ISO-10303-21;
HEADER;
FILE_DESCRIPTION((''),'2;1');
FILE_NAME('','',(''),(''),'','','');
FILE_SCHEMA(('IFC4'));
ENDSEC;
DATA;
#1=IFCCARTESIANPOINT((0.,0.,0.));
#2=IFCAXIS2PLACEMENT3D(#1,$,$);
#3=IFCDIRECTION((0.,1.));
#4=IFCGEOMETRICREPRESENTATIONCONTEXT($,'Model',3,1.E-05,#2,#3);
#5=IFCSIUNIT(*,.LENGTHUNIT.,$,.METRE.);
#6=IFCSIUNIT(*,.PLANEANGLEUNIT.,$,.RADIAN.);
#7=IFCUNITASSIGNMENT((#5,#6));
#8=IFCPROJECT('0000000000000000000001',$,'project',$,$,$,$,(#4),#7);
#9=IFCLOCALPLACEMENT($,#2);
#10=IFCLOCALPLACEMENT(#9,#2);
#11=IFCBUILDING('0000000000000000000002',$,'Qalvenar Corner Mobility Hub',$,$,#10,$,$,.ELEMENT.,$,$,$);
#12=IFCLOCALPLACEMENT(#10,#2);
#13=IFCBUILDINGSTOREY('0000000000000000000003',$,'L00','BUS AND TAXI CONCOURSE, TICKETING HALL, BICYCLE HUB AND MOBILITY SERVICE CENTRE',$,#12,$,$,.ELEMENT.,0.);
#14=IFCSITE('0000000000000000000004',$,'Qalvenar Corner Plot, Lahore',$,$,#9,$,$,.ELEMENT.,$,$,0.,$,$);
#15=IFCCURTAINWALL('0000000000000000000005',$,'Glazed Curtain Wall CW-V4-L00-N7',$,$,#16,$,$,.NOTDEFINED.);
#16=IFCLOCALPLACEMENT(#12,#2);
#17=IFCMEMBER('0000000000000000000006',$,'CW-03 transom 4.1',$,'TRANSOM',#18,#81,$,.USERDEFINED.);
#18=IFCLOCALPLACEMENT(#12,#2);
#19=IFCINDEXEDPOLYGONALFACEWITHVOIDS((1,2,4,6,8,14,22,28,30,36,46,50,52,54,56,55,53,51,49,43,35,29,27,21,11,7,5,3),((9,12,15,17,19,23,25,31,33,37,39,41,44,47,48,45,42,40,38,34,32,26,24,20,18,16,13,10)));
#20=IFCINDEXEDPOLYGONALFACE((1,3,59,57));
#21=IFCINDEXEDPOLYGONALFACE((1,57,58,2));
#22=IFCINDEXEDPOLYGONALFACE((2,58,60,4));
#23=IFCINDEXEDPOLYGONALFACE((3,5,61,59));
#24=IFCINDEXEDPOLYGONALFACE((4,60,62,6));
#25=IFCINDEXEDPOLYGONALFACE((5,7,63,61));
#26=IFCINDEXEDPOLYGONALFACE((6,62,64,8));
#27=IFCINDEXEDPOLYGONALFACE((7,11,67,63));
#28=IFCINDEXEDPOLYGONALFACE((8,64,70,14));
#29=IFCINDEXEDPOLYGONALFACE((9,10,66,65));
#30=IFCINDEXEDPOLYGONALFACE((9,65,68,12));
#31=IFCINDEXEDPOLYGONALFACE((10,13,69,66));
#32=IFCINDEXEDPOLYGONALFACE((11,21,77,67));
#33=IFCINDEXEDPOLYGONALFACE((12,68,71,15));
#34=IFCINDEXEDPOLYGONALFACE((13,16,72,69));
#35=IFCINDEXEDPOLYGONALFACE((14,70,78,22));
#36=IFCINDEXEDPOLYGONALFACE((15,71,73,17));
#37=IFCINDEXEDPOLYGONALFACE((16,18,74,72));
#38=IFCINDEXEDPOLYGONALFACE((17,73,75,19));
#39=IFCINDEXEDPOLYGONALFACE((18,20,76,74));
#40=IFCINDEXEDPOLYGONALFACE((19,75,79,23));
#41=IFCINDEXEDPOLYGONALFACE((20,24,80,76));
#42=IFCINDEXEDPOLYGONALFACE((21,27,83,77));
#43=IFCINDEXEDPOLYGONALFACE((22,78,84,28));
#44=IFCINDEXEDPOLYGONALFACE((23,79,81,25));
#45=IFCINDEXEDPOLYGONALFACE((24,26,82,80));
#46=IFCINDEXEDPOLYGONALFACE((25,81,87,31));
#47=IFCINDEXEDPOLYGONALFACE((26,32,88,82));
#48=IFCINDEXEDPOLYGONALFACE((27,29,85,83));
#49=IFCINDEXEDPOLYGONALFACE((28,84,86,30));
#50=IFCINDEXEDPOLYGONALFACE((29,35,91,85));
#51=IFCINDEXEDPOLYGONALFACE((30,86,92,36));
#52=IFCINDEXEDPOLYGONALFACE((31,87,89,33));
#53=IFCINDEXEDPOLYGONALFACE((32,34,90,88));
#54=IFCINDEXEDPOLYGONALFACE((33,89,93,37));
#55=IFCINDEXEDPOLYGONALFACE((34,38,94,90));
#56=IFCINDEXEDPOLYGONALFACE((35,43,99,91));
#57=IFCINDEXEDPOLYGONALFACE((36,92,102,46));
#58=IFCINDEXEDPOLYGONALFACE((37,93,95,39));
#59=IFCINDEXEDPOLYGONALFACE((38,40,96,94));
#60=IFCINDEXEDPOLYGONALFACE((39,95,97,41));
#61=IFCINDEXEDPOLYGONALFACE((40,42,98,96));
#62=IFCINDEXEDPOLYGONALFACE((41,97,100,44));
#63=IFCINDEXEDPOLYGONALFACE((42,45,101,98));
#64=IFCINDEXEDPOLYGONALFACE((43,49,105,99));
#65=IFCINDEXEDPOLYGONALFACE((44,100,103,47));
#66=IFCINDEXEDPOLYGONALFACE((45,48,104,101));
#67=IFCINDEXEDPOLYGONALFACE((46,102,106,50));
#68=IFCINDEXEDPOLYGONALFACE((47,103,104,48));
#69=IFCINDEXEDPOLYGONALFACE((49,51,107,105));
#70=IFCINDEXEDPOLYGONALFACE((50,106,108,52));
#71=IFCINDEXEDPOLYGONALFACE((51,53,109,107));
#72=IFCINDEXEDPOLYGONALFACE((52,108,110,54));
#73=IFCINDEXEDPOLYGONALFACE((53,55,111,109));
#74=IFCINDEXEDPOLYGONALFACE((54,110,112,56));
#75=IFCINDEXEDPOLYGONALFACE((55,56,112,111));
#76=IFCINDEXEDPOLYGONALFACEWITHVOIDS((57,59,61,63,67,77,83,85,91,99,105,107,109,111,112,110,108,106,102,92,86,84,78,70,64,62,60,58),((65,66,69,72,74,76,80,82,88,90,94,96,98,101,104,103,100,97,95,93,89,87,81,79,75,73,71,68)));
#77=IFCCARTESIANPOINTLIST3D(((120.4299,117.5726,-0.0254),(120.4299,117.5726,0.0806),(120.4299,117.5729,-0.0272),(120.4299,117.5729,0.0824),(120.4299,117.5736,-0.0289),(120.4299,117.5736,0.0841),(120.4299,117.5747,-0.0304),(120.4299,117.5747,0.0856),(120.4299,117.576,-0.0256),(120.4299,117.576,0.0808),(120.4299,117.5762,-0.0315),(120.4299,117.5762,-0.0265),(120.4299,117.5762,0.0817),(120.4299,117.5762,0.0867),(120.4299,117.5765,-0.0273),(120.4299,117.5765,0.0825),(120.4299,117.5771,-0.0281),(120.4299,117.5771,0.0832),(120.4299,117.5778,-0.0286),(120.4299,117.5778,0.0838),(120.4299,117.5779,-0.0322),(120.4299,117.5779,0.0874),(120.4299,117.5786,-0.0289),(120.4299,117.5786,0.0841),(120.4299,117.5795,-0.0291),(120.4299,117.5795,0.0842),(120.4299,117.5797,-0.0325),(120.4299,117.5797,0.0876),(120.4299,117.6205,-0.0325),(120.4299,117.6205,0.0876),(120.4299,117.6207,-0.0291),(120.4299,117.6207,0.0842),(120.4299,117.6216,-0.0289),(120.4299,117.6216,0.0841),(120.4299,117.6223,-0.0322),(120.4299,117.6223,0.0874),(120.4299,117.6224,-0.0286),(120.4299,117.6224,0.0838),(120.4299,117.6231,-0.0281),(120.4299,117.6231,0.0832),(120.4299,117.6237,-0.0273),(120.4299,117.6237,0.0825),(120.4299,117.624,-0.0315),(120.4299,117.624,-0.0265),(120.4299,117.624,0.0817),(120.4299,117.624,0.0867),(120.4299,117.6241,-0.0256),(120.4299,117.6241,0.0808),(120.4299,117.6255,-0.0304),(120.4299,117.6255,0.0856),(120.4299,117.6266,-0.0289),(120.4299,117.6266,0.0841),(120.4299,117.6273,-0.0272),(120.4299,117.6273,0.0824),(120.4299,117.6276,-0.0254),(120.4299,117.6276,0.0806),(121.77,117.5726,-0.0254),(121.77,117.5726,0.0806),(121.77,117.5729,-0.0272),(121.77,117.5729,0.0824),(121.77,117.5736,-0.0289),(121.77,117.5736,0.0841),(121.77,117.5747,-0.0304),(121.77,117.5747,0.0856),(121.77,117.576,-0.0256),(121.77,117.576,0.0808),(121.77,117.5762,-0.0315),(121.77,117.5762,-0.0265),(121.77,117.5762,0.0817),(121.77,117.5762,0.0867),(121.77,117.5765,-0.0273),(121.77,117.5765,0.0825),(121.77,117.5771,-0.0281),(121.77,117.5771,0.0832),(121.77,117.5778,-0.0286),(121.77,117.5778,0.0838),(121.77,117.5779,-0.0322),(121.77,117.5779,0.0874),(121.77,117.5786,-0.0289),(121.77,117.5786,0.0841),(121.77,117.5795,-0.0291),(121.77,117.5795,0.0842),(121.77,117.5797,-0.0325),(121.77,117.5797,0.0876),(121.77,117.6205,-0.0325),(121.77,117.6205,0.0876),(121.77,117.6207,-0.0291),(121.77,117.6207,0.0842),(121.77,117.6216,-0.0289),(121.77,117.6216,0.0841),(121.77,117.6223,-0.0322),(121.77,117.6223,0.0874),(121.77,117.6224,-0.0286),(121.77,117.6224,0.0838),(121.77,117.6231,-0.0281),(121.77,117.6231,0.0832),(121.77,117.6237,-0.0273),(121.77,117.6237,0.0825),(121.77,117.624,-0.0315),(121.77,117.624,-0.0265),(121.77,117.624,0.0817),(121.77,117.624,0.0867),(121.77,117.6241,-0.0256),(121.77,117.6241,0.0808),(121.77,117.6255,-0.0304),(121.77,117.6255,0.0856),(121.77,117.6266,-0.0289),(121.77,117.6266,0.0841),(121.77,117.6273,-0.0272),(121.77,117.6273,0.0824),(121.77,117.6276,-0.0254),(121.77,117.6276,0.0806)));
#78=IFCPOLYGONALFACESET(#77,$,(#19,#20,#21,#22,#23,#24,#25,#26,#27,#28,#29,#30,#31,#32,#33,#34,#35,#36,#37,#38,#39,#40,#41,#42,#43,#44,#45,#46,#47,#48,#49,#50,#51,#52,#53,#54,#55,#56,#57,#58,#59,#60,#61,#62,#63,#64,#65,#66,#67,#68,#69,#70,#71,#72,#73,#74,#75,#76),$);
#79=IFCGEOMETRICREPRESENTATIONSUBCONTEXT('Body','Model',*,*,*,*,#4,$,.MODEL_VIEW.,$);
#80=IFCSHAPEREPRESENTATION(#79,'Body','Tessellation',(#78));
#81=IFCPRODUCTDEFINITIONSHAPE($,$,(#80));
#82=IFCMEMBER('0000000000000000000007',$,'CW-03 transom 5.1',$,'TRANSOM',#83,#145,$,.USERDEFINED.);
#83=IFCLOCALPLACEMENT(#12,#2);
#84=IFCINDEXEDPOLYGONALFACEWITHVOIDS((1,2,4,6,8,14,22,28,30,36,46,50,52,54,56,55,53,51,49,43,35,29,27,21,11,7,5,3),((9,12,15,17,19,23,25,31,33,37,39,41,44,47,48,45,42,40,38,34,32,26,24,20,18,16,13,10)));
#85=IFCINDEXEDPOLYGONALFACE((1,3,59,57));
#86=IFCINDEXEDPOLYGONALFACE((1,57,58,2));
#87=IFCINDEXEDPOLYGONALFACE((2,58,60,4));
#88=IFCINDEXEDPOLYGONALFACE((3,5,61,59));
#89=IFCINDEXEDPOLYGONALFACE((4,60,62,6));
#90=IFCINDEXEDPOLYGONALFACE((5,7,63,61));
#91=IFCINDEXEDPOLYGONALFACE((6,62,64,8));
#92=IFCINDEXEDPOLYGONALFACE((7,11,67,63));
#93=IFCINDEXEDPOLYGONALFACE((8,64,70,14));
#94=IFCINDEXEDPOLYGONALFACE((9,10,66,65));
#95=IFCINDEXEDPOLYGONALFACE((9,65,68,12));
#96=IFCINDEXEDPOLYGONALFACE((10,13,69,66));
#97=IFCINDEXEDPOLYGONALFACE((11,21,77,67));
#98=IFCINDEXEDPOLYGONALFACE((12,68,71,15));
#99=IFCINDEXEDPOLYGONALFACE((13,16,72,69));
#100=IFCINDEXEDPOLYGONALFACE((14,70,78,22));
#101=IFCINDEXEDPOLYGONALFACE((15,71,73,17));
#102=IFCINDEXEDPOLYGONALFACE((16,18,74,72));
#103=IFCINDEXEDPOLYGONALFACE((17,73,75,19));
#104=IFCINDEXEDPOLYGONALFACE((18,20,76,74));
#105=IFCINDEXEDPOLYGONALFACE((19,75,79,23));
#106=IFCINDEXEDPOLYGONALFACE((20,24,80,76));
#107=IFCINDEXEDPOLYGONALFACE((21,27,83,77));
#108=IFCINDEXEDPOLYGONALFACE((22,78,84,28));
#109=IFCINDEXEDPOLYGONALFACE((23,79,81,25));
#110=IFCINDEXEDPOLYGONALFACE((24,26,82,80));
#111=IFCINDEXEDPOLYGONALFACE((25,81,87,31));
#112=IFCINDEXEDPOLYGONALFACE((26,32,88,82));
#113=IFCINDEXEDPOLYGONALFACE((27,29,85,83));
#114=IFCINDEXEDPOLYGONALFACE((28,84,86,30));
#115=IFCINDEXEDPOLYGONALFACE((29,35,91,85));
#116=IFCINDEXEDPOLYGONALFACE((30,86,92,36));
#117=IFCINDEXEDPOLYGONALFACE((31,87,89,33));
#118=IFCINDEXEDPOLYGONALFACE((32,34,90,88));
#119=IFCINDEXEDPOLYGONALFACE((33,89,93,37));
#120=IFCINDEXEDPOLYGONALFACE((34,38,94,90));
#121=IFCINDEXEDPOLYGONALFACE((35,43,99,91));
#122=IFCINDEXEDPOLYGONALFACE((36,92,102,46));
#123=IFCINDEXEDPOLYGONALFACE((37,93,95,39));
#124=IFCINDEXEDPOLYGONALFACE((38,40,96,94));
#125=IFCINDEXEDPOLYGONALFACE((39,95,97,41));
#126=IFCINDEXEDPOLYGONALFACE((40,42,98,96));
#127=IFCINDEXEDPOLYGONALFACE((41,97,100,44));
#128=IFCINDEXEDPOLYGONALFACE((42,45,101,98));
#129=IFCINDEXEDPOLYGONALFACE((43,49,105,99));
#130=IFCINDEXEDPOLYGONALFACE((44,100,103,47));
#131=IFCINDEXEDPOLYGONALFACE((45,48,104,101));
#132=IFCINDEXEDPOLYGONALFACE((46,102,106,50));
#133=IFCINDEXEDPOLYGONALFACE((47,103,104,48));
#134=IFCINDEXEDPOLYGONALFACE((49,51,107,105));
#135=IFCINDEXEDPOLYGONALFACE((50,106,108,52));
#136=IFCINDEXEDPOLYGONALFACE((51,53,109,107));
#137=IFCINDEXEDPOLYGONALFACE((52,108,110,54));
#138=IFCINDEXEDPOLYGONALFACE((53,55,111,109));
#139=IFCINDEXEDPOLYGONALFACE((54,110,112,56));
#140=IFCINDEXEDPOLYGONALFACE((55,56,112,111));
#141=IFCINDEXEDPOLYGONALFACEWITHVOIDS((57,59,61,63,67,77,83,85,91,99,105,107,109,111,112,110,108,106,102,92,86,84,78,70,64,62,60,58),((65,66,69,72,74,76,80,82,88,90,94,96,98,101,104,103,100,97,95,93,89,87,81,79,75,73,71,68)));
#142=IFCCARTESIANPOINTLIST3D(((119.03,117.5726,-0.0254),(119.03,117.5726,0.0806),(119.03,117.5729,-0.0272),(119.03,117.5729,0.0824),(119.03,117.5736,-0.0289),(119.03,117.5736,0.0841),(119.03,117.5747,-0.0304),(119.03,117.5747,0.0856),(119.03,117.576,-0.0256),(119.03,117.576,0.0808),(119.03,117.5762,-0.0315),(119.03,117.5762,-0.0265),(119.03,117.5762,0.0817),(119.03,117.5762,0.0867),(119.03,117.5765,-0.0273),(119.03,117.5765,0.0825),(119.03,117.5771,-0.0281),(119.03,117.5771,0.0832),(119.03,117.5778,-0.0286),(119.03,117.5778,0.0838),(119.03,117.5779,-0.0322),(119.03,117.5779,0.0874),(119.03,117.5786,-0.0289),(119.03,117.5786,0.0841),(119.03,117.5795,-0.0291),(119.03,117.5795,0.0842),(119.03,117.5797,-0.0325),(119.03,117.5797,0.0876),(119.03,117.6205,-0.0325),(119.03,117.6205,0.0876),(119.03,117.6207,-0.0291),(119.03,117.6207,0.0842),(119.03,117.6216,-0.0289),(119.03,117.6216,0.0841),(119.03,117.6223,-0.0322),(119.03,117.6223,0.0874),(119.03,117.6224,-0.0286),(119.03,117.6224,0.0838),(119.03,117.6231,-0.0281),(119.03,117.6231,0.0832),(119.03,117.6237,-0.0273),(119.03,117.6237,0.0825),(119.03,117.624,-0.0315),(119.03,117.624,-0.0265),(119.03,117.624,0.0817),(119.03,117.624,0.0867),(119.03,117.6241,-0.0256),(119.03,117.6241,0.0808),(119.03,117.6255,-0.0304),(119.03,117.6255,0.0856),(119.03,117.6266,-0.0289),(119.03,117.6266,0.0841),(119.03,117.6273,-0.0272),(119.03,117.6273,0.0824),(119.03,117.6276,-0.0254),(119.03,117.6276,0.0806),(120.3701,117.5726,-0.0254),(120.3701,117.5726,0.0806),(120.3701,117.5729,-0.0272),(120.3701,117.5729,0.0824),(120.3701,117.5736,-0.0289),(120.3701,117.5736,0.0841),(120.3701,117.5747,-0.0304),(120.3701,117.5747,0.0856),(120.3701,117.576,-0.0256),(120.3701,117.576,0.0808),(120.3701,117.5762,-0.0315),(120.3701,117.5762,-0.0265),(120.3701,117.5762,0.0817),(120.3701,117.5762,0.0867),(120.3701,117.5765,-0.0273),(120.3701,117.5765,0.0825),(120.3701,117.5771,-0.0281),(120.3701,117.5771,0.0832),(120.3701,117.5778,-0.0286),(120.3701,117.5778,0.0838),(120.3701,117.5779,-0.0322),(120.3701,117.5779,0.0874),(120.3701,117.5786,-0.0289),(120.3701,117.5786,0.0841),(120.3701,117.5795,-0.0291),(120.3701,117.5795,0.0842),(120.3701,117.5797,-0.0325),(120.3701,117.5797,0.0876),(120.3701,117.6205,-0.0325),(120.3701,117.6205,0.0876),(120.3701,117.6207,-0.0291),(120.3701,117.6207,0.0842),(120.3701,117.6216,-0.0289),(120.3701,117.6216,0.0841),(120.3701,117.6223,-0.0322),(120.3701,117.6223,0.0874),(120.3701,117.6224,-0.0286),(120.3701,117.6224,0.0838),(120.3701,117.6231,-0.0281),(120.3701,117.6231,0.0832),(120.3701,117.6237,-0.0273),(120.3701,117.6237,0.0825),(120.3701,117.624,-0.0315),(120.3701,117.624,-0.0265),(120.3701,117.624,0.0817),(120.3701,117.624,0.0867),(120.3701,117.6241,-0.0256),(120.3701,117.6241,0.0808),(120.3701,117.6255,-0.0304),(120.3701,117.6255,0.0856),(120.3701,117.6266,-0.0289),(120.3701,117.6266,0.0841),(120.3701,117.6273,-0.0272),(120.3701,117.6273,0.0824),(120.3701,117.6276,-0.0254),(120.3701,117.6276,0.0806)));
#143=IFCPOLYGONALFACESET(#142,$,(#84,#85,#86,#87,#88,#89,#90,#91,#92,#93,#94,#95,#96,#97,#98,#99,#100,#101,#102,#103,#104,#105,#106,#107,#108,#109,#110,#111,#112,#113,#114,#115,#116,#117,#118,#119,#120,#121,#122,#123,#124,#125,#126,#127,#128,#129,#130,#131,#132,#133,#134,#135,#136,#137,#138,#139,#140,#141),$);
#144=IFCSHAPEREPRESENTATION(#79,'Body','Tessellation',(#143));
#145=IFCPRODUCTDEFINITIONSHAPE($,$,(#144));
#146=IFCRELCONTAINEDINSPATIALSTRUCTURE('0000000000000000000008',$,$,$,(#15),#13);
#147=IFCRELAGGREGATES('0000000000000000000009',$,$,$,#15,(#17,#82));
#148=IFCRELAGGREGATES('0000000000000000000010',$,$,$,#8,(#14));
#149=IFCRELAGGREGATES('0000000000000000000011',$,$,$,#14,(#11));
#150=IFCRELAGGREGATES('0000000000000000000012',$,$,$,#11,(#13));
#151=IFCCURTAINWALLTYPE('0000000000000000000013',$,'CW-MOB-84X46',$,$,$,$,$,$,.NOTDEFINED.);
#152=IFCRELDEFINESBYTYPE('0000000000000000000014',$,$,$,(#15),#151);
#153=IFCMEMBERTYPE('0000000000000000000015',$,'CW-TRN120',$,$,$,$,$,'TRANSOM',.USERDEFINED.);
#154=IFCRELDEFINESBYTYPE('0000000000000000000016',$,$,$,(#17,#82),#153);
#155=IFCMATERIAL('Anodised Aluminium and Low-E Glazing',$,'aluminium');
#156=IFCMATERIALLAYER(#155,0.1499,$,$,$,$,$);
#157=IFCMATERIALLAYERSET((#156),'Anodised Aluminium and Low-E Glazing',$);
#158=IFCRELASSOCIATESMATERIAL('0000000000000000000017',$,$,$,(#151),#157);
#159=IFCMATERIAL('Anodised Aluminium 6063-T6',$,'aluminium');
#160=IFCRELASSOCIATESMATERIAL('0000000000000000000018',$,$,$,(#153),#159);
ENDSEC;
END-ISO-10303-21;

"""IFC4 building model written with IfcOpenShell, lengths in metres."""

from ifc_helpers import new_model, si_unit, direction, frame, origin, origin_2d, place, context, subcontext, project, spatial, hollow_rectangle, extrude, material, layer, layer_set, material_profile, profile_set, type_object, element, aggregate, save


model = new_model("IFC4")

# Units and contexts
model_context = context("Model", 3, precision=1e-05, world=origin(), true_north=direction((0.0, 1.0)))
body_context = subcontext(model_context, "Body", "Model", "MODEL_VIEW")
ifc_project = project(units=[si_unit("LENGTHUNIT", "METRE"), si_unit("PLANEANGLEUNIT", "RADIAN")], contexts=[model_context])

# Site, building, storey
site_placement = place(None, origin())
site = spatial("IfcSite", under=ifc_project, at=site_placement, Name="Qalvenar Corner Plot, Lahore", CompositionType="ELEMENT", RefElevation=0.0)
building_placement = place(site_placement, origin())
building = spatial("IfcBuilding", under=site, at=building_placement, Name="Qalvenar Corner Mobility Hub", CompositionType="ELEMENT")
storey_placement = place(building_placement, origin())
storey = spatial("IfcBuildingStorey", under=building, at=storey_placement, Name="L00", Description="BUS AND TAXI CONCOURSE, TICKETING HALL, BICYCLE HUB AND MOBILITY SERVICE CENTRE", CompositionType="ELEMENT", Elevation=0.0)

# Shared definitions
ifc_material_1 = material(Name="Anodised Aluminium and Low-E Glazing", Category="aluminium")
ifc_layer_1 = layer(ifc_material_1, 0.1499)
ifc_layer_set_1 = layer_set([ifc_layer_1], Name="Anodised Aluminium and Low-E Glazing")
curtain_wall_type = type_object("IfcCurtainWallType", Name="CW-MOB-84X46", PredefinedType="NOTDEFINED", material=ifc_layer_set_1)
ifc_material_2 = material(Name="Anodised Aluminium 6063-T6", Category="aluminium")

# Curtain wall, members
curtain_wall_1_placement = place(storey_placement, origin())
curtain_wall_1 = element("IfcCurtainWall", 1, at=curtain_wall_1_placement, inside=storey, type_object=curtain_wall_type, Name="Glazed Curtain Wall CW-V4-L00-N7", PredefinedType="NOTDEFINED")
ifc_material_profile_1 = material_profile(ifc_material_2, hollow_rectangle(XDim=0.0549, YDim=0.1201, WallThickness=0.0034, InnerFilletRadius=0.0034, OuterFilletRadius=0.0071, at=origin_2d()), Name="RHS120x55x3.5")
ifc_profile_set_1 = profile_set([ifc_material_profile_1], Name="Anodised Aluminium 6063-T6")
member_type_1 = type_object("IfcMemberType", Name="CW-TRN120", ElementType="TRANSOM", PredefinedType="USERDEFINED", material=ifc_profile_set_1)
member_1_placement = place(storey_placement, frame((121.77, 117.6001, 0.0276), z_axis=(-1.0, 0.0, 0.0), x_axis=(0.0, -1.0, 0.0)))
member_1 = element("IfcMember", 2, at=member_1_placement, type_object=member_type_1, Name="CW-03 transom 4.1", ObjectType="TRANSOM", PredefinedType="USERDEFINED", context=body_context, shape_type="SweptSolid", body=[
    extrude(hollow_rectangle(XDim=0.0549, YDim=0.1201, WallThickness=0.0034, InnerFilletRadius=0.0034, OuterFilletRadius=0.0071, at=origin_2d()), origin(), (0.0, 0.0, 1.0), 1.3401),
])
member_2_placement = place(storey_placement, frame((120.3701, 117.6001, 0.0276), z_axis=(-1.0, 0.0, 0.0), x_axis=(0.0, -1.0, 0.0)))
member_2 = element("IfcMember", 3, at=member_2_placement, type_object=member_type_1, Name="CW-03 transom 5.1", ObjectType="TRANSOM", PredefinedType="USERDEFINED", context=body_context, shape_type="SweptSolid", body=[
    extrude(hollow_rectangle(XDim=0.0549, YDim=0.1201, WallThickness=0.0034, InnerFilletRadius=0.0034, OuterFilletRadius=0.0071, at=origin_2d()), origin(), (0.0, 0.0, 1.0), 1.3401),
])
aggregate(curtain_wall_1, [member_1, member_2])

save(model, "model.ifc")
